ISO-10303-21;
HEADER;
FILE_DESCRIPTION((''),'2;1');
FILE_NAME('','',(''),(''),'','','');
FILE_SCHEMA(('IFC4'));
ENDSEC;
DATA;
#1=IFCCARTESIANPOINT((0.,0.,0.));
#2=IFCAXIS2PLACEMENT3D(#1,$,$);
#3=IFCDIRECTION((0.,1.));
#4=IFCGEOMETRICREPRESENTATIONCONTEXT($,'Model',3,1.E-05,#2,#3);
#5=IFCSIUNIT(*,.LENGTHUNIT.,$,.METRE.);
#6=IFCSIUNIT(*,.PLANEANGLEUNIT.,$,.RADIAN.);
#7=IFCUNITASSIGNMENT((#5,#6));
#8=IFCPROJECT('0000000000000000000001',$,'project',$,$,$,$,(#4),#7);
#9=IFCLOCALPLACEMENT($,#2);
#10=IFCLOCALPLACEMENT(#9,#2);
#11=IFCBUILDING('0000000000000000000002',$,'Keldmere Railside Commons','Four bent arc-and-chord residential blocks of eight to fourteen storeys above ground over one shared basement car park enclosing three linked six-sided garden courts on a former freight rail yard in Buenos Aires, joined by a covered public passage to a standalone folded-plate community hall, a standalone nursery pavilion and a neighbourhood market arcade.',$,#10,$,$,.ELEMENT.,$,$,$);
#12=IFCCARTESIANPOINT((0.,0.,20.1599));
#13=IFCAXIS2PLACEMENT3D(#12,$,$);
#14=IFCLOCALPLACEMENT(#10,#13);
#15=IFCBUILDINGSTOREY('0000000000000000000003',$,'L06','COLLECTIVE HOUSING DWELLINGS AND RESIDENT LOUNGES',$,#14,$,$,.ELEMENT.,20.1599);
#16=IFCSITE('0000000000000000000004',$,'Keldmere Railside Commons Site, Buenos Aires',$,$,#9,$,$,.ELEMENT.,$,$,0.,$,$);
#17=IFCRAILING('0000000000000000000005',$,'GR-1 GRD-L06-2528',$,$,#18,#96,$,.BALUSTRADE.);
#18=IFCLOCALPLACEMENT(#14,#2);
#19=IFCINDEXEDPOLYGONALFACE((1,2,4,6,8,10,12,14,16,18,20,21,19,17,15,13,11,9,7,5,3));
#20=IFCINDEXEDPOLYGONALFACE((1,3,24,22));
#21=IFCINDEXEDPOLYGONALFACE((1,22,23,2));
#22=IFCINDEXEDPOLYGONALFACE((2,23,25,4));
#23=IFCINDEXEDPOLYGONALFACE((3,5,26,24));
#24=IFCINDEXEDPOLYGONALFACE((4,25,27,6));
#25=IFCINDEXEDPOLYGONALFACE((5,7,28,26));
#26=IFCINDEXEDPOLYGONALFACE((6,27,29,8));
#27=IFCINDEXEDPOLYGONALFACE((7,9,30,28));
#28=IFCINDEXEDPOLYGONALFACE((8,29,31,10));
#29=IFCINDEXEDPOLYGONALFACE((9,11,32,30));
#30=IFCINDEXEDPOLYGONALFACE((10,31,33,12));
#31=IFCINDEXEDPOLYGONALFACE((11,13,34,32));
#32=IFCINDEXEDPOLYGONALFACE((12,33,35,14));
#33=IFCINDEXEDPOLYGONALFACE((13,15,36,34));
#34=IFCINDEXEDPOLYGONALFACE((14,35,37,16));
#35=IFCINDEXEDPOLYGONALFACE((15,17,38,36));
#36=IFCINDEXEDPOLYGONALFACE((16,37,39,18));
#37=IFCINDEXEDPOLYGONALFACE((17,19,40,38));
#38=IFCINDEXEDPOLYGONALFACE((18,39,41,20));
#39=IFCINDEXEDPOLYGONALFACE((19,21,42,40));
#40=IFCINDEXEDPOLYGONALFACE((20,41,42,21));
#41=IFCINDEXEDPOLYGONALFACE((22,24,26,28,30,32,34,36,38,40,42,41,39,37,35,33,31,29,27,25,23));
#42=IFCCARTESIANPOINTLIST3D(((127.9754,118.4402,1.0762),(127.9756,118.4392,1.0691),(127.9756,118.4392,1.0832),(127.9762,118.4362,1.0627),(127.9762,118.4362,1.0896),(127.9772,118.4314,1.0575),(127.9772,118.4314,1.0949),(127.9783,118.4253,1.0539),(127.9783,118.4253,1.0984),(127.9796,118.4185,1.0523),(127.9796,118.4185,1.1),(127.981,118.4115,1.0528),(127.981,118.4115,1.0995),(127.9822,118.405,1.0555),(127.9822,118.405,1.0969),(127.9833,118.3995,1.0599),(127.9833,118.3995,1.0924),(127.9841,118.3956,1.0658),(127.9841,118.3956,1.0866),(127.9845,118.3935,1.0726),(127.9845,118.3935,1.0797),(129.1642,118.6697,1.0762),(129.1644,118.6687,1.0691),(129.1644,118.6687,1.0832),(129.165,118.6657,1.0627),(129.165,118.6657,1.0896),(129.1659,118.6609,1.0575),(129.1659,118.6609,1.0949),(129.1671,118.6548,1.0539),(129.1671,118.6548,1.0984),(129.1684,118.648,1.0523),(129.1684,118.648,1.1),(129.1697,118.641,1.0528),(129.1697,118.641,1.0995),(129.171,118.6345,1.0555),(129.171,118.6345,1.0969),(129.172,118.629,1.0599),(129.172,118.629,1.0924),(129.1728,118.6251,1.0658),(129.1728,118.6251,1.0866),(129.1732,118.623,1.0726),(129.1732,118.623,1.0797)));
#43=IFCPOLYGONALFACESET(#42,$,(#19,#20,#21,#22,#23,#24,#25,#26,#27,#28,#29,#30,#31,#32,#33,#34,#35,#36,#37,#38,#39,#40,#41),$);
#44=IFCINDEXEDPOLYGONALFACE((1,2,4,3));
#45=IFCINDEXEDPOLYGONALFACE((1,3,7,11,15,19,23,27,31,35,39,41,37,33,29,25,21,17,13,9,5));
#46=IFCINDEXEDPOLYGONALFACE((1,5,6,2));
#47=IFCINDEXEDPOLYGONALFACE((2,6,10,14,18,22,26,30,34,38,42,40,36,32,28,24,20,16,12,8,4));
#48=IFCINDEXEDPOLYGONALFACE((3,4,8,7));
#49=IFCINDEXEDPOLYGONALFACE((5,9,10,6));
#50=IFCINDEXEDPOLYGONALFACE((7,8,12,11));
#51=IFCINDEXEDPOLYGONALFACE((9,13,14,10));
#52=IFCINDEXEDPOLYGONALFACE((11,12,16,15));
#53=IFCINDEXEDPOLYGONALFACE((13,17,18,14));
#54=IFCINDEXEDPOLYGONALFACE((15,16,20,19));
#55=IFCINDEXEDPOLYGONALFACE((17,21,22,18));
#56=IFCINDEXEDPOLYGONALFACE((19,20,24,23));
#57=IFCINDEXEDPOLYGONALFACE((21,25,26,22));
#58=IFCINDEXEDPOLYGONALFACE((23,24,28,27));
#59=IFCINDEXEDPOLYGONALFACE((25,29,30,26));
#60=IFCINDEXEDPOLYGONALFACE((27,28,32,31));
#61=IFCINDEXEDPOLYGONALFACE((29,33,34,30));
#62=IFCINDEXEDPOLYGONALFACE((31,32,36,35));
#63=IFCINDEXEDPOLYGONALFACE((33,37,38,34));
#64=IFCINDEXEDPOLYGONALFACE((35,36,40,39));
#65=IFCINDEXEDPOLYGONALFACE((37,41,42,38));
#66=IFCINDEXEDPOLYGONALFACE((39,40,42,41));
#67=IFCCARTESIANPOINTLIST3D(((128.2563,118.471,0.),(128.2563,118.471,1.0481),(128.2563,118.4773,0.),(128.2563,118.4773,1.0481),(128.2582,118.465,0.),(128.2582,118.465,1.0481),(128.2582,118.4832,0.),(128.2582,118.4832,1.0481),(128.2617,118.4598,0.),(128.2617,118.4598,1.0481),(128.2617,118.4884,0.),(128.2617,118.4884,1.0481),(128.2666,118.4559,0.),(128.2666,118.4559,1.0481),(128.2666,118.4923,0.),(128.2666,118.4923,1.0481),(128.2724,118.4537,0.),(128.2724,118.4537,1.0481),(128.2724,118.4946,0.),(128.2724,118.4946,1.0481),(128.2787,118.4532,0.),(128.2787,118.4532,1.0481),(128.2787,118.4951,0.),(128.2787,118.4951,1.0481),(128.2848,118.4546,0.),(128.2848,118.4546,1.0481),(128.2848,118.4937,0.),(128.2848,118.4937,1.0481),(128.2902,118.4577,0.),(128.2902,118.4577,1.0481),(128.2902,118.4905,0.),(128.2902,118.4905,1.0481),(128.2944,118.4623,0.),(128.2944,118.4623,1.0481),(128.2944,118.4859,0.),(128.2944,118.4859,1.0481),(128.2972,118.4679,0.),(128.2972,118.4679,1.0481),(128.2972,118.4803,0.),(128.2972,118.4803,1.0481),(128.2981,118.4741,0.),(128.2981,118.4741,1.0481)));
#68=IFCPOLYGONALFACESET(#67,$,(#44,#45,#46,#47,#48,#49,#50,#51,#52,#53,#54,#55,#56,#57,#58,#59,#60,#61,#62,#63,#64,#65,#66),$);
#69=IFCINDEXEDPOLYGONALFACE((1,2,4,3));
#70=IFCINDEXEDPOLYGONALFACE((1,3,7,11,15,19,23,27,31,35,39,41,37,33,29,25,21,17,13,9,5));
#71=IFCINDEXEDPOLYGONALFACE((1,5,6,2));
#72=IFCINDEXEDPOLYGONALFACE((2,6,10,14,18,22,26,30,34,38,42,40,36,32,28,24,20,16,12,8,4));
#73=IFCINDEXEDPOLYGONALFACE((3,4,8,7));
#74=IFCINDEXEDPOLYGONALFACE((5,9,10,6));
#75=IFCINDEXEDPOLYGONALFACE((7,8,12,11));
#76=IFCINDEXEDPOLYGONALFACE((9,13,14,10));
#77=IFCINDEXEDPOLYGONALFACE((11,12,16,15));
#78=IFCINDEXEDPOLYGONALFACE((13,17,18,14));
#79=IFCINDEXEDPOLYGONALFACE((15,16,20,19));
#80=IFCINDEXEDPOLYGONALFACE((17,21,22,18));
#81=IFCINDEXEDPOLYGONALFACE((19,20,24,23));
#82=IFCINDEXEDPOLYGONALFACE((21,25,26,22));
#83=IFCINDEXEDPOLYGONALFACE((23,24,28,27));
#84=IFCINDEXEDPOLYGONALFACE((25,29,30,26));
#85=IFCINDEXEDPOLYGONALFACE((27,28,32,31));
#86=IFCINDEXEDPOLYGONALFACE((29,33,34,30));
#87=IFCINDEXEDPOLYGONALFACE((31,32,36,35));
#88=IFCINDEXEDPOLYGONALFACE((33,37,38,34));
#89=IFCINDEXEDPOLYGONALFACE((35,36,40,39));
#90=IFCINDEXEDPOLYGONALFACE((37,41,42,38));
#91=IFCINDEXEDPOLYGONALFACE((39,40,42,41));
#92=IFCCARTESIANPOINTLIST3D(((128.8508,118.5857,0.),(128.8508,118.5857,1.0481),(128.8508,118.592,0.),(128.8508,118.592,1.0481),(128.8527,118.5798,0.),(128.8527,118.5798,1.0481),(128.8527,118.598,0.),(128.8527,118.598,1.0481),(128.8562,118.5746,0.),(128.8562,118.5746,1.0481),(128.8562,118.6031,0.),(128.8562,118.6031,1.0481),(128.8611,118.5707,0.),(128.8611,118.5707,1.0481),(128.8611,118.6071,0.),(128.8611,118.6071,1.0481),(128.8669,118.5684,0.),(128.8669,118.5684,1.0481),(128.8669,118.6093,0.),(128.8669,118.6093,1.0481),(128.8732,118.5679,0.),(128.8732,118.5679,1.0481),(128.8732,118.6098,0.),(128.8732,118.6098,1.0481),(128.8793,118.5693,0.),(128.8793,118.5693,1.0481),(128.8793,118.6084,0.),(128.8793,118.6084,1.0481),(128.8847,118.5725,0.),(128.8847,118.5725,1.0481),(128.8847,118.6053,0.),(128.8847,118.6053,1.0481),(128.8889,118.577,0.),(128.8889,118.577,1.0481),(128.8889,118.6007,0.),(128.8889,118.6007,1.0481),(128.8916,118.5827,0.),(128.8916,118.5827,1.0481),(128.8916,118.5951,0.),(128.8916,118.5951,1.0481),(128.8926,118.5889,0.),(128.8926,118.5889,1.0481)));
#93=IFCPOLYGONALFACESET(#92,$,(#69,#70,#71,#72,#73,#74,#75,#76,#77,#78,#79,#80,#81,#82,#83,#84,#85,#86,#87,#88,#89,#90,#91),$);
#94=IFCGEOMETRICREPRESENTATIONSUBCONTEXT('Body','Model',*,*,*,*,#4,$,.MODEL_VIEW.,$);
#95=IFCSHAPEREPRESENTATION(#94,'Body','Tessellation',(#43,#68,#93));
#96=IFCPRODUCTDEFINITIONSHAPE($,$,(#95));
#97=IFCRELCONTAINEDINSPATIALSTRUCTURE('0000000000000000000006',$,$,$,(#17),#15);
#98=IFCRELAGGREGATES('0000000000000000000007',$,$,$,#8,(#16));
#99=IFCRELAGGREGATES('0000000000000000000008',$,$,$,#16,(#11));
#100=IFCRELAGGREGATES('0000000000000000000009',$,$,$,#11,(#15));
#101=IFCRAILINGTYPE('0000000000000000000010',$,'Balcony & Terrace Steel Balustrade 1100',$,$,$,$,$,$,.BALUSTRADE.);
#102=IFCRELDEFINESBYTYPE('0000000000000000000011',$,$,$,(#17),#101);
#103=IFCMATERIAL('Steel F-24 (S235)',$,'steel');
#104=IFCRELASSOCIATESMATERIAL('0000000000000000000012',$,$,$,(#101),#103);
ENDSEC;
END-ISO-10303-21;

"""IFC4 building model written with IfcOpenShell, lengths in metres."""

from ifc_helpers import new_model, si_unit, direction, frame, origin, origin_2d, place, context, subcontext, project, spatial, circle, extrude, material, type_object, element, save


model = new_model("IFC4")

# Units and contexts
model_context = context("Model", 3, precision=1e-05, world=origin(), true_north=direction((0.0, 1.0)))
body_context = subcontext(model_context, "Body", "Model", "MODEL_VIEW")
ifc_project = project(units=[si_unit("LENGTHUNIT", "METRE"), si_unit("PLANEANGLEUNIT", "RADIAN")], contexts=[model_context])

# Site, building, storey
site_placement = place(None, origin())
site = spatial("IfcSite", under=ifc_project, at=site_placement, Name="Keldmere Railside Commons Site, Buenos Aires", CompositionType="ELEMENT", RefElevation=0.0)
building_placement = place(site_placement, origin())
building = spatial("IfcBuilding", under=site, at=building_placement, Name="Keldmere Railside Commons", Description="Four bent arc-and-chord residential blocks of eight to fourteen storeys above ground over one shared basement car park enclosing three linked six-sided garden courts on a former freight rail yard in Buenos Aires, joined by a covered public passage to a standalone folded-plate community hall, a standalone nursery pavilion and a neighbourhood market arcade.", CompositionType="ELEMENT")
storey_placement = place(building_placement, frame((0.0, 0.0, 20.1599)))
storey = spatial("IfcBuildingStorey", under=building, at=storey_placement, Name="L06", Description="COLLECTIVE HOUSING DWELLINGS AND RESIDENT LOUNGES", CompositionType="ELEMENT", Elevation=20.1599)

# Railing
ifc_material_1 = material(Name="Steel F-24 (S235)", Category="steel")
railing_type = type_object("IfcRailingType", Name="Balcony & Terrace Steel Balustrade 1100", PredefinedType="BALUSTRADE", material=ifc_material_1)
railing_1_placement = place(storey_placement, frame((127.98, 118.4167, 0.0)))
element("IfcRailing", 1, at=railing_1_placement, inside=storey, type_object=railing_type, Name="GR-1 GRD-L06-2528", PredefinedType="BALUSTRADE", context=body_context, shape_type="SweptSolid", body=[
    extrude(circle(Radius=0.0239, at=origin_2d()), frame((0.0, 0.0, 1.0762), z_axis=(0.98187, 0.189558, 0.0), x_axis=(-0.189558, 0.98187, 0.0)), (0.0, 0.0, 1.0), 1.2107),
    extrude(circle(Radius=0.021, at=origin_2d()), frame((0.2971, 0.0574, 0.0)), (0.0, 0.0, 1.0), 1.0481),
    extrude(circle(Radius=0.021, at=origin_2d()), frame((0.8916, 0.1721, 0.0)), (0.0, 0.0, 1.0), 1.0481),
])

save(model, "model.ifc")
